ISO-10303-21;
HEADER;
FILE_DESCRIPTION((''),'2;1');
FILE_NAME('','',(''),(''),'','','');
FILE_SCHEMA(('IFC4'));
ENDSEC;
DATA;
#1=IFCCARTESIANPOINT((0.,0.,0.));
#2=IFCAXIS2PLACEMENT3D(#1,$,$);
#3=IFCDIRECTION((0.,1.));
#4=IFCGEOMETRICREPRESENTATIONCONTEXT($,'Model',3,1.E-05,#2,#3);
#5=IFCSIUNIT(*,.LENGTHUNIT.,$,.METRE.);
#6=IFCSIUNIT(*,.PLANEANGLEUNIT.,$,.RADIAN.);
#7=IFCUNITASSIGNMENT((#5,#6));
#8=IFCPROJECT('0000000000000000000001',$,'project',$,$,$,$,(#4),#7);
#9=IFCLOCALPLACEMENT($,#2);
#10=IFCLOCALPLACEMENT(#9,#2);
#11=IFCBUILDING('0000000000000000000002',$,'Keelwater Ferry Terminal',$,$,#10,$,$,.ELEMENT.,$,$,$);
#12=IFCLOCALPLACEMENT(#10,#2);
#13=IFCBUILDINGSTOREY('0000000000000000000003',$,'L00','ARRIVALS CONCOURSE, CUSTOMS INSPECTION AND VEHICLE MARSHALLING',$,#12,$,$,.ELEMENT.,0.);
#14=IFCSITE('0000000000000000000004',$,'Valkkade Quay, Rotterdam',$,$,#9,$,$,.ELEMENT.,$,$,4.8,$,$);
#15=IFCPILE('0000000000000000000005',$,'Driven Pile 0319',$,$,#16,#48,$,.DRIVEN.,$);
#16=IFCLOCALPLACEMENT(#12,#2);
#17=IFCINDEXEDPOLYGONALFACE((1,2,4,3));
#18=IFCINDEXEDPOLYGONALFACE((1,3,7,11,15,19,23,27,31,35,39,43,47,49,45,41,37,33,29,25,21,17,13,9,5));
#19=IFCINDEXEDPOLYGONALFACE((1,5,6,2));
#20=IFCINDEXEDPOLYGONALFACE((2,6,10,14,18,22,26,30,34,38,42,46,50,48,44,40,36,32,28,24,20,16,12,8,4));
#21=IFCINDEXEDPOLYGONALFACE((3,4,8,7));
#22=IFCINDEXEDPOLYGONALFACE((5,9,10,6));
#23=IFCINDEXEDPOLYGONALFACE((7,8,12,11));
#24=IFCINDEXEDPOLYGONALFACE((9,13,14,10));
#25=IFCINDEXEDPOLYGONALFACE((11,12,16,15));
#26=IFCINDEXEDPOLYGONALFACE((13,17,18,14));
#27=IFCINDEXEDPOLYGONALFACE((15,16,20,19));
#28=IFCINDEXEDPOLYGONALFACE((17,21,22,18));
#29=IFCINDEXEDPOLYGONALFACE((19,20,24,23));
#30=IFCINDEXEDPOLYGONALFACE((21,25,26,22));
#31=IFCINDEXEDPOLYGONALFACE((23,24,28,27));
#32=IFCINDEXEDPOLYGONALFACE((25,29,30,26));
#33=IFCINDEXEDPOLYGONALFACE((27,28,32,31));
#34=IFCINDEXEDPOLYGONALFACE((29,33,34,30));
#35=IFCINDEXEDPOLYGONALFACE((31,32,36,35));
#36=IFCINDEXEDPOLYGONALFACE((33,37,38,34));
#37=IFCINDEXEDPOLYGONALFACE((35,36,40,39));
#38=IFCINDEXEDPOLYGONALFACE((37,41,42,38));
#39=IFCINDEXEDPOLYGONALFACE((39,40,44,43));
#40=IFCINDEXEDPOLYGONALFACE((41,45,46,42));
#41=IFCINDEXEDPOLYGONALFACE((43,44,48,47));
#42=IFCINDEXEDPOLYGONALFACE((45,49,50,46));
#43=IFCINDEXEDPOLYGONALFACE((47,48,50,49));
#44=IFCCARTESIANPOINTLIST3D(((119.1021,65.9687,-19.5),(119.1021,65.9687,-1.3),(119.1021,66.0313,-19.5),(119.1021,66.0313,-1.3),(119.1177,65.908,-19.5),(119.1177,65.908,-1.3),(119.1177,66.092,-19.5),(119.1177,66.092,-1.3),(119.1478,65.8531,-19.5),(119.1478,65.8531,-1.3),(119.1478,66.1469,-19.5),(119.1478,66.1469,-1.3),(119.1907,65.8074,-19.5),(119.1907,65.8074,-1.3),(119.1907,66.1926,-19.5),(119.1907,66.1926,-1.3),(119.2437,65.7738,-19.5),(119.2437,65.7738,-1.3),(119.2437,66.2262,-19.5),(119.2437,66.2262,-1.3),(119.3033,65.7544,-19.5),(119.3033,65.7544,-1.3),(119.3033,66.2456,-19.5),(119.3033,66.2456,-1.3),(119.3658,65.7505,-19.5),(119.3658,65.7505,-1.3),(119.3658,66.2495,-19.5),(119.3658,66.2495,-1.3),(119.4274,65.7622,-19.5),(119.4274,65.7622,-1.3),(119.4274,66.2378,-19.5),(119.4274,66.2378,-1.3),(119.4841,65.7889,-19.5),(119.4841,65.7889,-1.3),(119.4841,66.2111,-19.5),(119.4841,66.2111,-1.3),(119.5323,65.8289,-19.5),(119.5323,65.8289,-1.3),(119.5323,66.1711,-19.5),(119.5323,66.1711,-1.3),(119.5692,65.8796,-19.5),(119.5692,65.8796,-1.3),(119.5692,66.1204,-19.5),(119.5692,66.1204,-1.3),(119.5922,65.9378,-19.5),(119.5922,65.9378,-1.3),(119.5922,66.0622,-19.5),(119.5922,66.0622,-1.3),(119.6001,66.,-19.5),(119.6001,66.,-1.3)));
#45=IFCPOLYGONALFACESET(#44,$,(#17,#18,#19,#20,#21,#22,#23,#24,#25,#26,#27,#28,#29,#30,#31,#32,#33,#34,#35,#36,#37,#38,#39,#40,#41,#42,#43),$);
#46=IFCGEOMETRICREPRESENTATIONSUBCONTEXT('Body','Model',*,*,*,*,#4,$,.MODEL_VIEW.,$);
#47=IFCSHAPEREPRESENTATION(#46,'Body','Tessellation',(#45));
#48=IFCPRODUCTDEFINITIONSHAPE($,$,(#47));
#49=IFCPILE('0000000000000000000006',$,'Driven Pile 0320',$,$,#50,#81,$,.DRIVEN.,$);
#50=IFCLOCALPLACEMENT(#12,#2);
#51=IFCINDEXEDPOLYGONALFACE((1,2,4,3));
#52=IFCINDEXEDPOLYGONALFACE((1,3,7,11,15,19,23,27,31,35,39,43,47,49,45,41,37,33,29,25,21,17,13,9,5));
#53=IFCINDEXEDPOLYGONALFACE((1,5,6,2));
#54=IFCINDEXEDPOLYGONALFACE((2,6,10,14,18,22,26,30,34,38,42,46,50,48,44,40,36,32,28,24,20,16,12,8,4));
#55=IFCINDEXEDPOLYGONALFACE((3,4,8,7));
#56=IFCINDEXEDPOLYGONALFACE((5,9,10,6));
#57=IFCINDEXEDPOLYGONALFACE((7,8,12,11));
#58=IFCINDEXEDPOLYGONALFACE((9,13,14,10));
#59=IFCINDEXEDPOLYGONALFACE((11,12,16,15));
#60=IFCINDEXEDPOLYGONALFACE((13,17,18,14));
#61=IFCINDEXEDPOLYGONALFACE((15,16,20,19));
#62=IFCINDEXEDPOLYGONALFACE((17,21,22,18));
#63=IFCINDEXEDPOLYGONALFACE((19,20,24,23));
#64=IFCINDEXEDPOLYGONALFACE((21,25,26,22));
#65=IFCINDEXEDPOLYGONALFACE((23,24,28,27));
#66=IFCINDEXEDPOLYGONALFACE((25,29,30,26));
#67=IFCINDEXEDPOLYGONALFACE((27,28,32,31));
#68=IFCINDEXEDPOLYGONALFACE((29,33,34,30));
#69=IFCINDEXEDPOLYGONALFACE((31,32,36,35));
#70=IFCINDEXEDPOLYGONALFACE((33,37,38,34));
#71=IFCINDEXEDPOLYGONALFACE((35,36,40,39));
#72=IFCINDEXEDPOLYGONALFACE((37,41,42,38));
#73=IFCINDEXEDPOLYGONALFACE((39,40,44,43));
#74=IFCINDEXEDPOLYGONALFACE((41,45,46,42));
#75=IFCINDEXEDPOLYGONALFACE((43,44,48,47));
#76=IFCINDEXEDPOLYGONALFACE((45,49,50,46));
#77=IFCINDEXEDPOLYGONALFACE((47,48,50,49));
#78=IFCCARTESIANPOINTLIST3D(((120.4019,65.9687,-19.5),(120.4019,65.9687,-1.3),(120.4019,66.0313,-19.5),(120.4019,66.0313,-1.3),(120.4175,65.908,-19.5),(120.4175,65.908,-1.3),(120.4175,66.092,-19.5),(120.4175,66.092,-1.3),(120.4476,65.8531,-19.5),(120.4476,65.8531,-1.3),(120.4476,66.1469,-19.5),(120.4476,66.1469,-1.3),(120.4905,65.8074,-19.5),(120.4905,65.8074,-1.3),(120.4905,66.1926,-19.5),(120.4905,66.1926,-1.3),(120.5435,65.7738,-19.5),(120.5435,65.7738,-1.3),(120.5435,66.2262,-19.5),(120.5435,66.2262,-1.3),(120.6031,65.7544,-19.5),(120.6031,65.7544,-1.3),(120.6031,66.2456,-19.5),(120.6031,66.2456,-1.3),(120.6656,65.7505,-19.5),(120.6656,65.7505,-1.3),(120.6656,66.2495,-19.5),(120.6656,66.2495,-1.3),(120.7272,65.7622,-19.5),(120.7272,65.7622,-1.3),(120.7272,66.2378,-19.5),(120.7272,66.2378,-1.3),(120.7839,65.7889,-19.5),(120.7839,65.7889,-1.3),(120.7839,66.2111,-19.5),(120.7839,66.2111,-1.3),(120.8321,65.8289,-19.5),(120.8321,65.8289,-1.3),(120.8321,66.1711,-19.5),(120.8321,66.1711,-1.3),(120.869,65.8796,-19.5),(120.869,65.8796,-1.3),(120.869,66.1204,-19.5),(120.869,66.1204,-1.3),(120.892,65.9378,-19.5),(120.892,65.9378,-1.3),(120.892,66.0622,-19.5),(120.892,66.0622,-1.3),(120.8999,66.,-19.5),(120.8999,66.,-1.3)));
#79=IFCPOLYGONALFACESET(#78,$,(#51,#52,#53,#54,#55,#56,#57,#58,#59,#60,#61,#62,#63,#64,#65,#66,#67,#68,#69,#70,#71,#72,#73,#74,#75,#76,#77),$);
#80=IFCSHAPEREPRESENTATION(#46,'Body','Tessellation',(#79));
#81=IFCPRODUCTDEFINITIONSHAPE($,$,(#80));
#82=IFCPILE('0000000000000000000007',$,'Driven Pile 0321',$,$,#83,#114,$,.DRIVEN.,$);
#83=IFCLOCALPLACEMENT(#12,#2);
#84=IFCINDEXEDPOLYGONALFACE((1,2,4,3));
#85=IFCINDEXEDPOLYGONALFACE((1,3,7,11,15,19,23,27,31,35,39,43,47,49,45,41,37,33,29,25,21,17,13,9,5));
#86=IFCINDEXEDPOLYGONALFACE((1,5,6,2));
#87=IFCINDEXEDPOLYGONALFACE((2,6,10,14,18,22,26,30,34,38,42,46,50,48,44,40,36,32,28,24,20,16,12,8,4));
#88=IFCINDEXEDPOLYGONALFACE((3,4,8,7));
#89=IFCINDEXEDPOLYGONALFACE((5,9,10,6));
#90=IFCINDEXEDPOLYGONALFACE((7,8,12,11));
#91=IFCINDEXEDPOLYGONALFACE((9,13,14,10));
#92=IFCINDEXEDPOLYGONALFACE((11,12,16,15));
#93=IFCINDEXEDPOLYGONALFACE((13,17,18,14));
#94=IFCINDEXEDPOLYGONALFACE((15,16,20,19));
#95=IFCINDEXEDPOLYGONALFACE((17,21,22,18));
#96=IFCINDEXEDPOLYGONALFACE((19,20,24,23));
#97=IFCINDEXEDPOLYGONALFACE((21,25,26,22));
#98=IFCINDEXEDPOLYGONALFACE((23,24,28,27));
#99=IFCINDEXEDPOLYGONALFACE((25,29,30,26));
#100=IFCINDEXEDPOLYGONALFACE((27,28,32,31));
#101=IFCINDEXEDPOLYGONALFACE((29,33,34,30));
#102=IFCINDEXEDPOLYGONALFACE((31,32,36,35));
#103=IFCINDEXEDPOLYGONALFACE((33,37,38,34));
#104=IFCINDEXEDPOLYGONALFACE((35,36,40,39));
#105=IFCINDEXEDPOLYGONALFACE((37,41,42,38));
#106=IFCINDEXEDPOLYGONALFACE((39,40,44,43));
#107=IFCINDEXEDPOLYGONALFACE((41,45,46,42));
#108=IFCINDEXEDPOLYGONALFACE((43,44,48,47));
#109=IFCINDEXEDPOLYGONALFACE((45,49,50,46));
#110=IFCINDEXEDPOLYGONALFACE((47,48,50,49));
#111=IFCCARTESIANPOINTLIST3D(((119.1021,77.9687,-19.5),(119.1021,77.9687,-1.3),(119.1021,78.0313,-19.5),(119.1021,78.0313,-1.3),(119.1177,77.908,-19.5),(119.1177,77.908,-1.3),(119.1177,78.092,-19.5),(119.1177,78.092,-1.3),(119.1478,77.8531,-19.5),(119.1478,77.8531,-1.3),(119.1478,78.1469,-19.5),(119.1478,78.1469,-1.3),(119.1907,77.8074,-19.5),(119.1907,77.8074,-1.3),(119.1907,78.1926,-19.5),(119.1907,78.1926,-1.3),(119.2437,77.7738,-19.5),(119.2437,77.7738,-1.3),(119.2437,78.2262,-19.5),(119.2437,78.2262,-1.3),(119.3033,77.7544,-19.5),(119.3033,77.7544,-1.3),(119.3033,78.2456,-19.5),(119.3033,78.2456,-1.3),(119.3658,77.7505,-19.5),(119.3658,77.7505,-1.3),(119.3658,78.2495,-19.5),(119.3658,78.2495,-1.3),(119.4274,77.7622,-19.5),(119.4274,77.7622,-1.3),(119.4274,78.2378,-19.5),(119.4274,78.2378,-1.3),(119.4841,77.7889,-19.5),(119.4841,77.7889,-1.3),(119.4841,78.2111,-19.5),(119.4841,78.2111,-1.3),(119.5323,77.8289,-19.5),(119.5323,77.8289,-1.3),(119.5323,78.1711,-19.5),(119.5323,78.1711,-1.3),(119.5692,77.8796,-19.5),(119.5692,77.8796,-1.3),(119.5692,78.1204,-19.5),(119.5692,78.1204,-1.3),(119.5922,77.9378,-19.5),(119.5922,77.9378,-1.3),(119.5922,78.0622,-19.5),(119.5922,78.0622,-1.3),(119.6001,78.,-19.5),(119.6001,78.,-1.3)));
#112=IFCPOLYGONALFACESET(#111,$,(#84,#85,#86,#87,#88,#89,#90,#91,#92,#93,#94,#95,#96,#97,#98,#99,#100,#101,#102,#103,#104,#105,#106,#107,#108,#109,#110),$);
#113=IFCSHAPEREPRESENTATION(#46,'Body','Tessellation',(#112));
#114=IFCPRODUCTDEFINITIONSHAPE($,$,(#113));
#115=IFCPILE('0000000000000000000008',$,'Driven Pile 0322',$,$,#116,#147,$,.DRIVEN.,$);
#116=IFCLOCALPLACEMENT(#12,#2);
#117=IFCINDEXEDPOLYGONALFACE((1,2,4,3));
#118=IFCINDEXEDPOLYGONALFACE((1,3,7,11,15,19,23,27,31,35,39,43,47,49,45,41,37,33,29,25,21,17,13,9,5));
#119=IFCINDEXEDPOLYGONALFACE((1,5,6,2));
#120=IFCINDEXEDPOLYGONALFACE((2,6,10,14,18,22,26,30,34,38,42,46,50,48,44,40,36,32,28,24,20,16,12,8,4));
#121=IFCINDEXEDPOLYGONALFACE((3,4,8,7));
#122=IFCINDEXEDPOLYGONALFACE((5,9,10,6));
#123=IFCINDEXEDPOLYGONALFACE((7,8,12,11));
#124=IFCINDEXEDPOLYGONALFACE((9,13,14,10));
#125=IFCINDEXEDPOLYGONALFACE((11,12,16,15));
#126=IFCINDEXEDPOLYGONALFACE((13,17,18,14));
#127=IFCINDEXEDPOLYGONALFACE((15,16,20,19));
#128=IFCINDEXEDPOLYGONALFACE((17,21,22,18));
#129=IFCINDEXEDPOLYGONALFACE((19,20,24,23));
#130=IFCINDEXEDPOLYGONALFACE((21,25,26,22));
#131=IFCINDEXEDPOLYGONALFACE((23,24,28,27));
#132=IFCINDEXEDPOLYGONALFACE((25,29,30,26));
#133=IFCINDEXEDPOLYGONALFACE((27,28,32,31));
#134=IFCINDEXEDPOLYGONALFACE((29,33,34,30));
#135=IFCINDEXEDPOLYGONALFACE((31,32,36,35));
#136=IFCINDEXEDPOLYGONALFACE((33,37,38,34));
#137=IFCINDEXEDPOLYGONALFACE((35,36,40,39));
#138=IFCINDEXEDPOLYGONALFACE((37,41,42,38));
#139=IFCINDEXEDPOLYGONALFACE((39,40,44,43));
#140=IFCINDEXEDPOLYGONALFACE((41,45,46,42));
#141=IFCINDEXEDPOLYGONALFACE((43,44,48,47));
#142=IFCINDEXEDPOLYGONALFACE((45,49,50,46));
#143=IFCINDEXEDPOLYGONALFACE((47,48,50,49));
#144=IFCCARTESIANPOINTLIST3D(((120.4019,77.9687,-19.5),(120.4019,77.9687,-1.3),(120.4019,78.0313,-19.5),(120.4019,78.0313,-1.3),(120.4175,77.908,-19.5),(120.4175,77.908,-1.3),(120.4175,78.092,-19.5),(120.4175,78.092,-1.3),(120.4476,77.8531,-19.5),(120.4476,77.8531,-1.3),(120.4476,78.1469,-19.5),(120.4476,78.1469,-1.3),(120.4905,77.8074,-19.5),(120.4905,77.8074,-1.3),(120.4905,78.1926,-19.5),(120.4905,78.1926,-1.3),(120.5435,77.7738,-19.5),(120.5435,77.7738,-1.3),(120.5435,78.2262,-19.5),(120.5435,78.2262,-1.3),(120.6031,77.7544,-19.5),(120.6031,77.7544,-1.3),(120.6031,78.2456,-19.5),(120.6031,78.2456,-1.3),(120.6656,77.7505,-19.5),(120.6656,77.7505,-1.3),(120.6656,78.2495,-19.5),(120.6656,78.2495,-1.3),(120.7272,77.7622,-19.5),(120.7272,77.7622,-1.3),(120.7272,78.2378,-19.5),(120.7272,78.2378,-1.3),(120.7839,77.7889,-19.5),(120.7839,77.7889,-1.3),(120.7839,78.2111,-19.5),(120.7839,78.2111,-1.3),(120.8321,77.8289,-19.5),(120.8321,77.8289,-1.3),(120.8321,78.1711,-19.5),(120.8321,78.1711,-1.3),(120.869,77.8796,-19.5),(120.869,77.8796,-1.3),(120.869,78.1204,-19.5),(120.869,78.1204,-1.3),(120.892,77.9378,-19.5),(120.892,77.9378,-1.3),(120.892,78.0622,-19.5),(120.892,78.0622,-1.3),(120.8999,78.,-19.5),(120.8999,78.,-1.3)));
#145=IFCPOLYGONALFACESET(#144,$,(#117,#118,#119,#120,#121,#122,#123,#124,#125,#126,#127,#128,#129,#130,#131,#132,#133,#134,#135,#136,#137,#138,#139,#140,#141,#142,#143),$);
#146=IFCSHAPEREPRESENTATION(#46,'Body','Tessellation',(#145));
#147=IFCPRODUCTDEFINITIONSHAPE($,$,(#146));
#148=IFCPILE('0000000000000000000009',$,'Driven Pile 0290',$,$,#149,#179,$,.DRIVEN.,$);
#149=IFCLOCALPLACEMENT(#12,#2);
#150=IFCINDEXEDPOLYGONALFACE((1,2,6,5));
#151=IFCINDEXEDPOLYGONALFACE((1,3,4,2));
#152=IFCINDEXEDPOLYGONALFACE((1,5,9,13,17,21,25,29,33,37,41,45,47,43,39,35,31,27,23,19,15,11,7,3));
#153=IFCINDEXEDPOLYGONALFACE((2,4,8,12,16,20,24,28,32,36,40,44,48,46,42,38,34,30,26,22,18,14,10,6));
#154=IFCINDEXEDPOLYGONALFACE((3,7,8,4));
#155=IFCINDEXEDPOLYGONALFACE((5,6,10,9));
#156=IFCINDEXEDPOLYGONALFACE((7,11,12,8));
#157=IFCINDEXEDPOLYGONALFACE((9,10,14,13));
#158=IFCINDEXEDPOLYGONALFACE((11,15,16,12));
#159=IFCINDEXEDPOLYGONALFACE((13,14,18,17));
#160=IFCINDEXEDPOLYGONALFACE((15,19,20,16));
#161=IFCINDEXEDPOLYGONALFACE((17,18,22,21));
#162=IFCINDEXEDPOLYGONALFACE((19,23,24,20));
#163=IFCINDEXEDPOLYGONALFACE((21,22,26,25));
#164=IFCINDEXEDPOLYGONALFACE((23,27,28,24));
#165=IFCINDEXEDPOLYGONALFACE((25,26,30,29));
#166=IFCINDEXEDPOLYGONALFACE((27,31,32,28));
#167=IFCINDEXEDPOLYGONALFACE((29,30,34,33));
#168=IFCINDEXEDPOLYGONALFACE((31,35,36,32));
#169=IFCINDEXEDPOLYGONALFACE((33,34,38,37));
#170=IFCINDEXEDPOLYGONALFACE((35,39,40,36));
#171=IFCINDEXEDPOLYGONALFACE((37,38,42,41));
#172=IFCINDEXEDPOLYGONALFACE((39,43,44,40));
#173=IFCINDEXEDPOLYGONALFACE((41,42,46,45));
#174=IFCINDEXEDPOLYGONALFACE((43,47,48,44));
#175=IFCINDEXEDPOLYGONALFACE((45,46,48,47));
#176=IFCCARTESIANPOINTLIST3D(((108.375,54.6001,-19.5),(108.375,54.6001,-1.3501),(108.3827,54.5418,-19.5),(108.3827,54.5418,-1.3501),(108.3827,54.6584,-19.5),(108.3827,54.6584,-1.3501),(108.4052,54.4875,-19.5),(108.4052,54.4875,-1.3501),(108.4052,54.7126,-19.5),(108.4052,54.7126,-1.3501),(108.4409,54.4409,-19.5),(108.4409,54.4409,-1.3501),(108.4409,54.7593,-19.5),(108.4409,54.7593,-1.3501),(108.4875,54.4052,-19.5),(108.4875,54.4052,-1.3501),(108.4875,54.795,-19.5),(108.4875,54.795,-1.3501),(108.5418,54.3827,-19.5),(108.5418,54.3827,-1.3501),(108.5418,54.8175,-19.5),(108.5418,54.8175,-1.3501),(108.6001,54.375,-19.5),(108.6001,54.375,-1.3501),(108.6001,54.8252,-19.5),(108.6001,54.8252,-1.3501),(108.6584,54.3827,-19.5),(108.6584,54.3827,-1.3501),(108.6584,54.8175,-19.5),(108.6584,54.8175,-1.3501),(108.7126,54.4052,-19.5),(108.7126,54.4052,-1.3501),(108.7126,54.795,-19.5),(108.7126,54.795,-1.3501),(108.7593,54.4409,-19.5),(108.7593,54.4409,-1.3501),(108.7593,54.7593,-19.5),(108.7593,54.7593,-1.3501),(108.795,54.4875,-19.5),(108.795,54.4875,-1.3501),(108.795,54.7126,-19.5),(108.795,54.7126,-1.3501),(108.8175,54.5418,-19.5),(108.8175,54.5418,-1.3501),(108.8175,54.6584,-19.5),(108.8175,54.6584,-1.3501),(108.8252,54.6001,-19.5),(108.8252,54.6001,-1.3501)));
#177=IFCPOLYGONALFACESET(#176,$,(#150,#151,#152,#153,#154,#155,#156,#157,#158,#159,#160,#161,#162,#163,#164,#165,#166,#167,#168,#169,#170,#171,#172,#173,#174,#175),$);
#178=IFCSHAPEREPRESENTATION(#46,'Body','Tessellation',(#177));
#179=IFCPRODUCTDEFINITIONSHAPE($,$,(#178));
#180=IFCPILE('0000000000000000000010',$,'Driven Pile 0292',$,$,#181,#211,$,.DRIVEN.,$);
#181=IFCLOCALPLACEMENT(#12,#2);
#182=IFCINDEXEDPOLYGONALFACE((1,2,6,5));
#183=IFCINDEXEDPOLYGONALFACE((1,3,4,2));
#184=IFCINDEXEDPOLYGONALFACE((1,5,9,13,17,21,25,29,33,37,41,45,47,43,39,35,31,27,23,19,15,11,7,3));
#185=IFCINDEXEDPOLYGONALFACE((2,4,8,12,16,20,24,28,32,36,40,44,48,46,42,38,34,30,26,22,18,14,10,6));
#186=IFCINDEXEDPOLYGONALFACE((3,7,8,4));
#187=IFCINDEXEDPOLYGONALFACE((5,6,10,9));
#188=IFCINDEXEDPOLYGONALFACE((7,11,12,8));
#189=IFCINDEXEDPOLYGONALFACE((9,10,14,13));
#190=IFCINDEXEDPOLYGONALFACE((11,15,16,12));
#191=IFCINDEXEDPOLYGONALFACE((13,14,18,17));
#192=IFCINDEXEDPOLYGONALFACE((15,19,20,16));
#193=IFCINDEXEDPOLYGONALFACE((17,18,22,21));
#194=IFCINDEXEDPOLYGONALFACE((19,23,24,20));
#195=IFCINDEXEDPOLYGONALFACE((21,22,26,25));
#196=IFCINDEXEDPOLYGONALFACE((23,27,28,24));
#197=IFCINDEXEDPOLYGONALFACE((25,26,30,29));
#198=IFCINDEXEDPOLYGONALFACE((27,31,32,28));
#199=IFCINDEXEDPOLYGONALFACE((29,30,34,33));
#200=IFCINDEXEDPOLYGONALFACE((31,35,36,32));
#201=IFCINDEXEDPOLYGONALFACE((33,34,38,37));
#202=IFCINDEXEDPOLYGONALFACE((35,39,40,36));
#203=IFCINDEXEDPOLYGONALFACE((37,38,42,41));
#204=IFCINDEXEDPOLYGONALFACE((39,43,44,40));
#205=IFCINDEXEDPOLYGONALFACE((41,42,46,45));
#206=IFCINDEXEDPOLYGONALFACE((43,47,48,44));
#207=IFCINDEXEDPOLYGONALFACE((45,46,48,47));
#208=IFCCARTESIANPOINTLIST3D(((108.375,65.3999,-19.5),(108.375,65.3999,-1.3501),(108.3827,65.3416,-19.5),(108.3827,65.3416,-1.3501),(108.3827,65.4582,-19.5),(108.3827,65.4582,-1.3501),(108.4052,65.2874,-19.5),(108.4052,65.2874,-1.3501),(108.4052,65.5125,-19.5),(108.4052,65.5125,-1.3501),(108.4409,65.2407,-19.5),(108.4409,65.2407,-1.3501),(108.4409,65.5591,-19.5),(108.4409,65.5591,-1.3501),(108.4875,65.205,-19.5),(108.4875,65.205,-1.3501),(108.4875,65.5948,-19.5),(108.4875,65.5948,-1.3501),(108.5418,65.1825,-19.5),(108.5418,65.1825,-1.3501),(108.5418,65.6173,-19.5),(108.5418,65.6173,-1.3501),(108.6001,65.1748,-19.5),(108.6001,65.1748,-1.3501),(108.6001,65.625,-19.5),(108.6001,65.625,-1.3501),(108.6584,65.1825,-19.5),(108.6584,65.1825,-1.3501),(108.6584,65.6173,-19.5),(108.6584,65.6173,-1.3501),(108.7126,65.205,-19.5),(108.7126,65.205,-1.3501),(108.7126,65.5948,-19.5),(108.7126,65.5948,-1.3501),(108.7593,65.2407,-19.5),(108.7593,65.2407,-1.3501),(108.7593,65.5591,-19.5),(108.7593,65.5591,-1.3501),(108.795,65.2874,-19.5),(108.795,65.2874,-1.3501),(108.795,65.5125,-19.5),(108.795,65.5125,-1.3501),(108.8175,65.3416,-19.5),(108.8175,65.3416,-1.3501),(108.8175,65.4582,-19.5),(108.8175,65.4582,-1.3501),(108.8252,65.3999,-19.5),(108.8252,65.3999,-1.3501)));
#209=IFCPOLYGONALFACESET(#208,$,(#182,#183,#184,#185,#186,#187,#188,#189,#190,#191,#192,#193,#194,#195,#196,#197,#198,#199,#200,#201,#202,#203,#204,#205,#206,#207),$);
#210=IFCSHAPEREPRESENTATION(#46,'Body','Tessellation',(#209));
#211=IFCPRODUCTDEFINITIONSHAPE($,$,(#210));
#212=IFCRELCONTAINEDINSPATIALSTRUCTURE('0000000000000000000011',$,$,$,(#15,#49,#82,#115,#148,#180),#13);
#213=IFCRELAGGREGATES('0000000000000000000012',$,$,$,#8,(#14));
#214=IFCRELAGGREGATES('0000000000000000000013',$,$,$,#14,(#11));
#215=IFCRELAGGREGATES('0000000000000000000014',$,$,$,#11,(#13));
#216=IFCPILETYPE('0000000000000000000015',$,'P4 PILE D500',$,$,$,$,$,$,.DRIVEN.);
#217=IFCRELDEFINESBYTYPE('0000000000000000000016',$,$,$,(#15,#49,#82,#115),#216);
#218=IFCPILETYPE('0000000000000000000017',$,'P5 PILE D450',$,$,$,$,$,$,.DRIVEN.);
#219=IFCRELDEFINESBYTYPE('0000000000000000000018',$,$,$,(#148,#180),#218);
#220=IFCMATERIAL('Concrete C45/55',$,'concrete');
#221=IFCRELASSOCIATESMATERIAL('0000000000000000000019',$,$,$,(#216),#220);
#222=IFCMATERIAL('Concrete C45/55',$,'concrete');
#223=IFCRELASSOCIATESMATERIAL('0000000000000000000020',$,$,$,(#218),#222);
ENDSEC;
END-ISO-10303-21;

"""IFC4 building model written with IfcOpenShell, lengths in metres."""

from ifc_helpers import new_model, si_unit, direction, frame, origin, origin_2d, place, context, subcontext, project, spatial, circle, extrude, material, material_profile, profile_set, type_object, element, save


model = new_model("IFC4")

# Units and contexts
model_context = context("Model", 3, precision=1e-05, world=origin(), true_north=direction((0.0, 1.0)))
body_context = subcontext(model_context, "Body", "Model", "MODEL_VIEW")
ifc_project = project(units=[si_unit("LENGTHUNIT", "METRE"), si_unit("PLANEANGLEUNIT", "RADIAN")], contexts=[model_context])

# Site, building, storey
site_placement = place(None, origin())
site = spatial("IfcSite", under=ifc_project, at=site_placement, Name="Valkkade Quay, Rotterdam", CompositionType="ELEMENT", RefElevation=4.8)
building_placement = place(site_placement, origin())
building = spatial("IfcBuilding", under=site, at=building_placement, Name="Keelwater Ferry Terminal", CompositionType="ELEMENT")
storey_placement = place(building_placement, origin())
storey = spatial("IfcBuildingStorey", under=building, at=storey_placement, Name="L00", Description="ARRIVALS CONCOURSE, CUSTOMS INSPECTION AND VEHICLE MARSHALLING", CompositionType="ELEMENT", Elevation=0.0)

# Piles
ifc_material_1 = material(Name="Concrete C45/55", Category="concrete")
ifc_material_profile_1 = material_profile(ifc_material_1, circle(Radius=0.25, at=origin_2d()), Name="PILE D500")
ifc_profile_set_1 = profile_set([ifc_material_profile_1], Name="Concrete C45/55")
pile_type_1 = type_object("IfcPileType", Name="P4 PILE D500", PredefinedType="DRIVEN", material=ifc_profile_set_1)
for number, where, z_axis, x_axis, name in (
    (1, (119.3501, 66.0, -1.3), (0.0, 0.0, -1.0), (1.0, 0.0, 0.0), "Driven Pile 0319"),
    (2, (120.6499, 66.0, -1.3), (0.0, 0.0, -1.0), (1.0, 0.0, 0.0), "Driven Pile 0320"),
    (3, (119.3501, 78.0, -1.3), (0.0, 0.0, -1.0), (1.0, 0.0, 0.0), "Driven Pile 0321"),
    (4, (120.6499, 78.0, -1.3), (0.0, 0.0, -1.0), (1.0, 0.0, 0.0), "Driven Pile 0322"),
):
    element("IfcPile", number, at=place(storey_placement, frame(where, z_axis=z_axis, x_axis=x_axis)), inside=storey, type_object=pile_type_1, Name=name, PredefinedType="DRIVEN", context=body_context, shape_type="SweptSolid", body=[
        extrude(circle(Radius=0.25, at=origin_2d()), origin(), (0.0, 0.0, 1.0), 18.2),
    ])
ifc_material_2 = material(Name="Concrete C45/55", Category="concrete")
ifc_material_profile_2 = material_profile(ifc_material_2, circle(Radius=0.2251, at=origin_2d()), Name="PILE D450")
ifc_profile_set_2 = profile_set([ifc_material_profile_2], Name="Concrete C45/55")
pile_type_2 = type_object("IfcPileType", Name="P5 PILE D450", PredefinedType="DRIVEN", material=ifc_profile_set_2)
for number, where, z_axis, x_axis, name in (
    (5, (108.6001, 54.6001, -1.3501), (0.0, 0.0, -1.0), (1.0, 0.0, 0.0), "Driven Pile 0290"),
    (6, (108.6001, 65.3999, -1.3501), (0.0, 0.0, -1.0), (1.0, 0.0, 0.0), "Driven Pile 0292"),
):
    element("IfcPile", number, at=place(storey_placement, frame(where, z_axis=z_axis, x_axis=x_axis)), inside=storey, type_object=pile_type_2, Name=name, PredefinedType="DRIVEN", context=body_context, shape_type="SweptSolid", body=[
        extrude(circle(Radius=0.2251, at=origin_2d()), origin(), (0.0, 0.0, 1.0), 18.1499),
    ])

save(model, "model.ifc")
